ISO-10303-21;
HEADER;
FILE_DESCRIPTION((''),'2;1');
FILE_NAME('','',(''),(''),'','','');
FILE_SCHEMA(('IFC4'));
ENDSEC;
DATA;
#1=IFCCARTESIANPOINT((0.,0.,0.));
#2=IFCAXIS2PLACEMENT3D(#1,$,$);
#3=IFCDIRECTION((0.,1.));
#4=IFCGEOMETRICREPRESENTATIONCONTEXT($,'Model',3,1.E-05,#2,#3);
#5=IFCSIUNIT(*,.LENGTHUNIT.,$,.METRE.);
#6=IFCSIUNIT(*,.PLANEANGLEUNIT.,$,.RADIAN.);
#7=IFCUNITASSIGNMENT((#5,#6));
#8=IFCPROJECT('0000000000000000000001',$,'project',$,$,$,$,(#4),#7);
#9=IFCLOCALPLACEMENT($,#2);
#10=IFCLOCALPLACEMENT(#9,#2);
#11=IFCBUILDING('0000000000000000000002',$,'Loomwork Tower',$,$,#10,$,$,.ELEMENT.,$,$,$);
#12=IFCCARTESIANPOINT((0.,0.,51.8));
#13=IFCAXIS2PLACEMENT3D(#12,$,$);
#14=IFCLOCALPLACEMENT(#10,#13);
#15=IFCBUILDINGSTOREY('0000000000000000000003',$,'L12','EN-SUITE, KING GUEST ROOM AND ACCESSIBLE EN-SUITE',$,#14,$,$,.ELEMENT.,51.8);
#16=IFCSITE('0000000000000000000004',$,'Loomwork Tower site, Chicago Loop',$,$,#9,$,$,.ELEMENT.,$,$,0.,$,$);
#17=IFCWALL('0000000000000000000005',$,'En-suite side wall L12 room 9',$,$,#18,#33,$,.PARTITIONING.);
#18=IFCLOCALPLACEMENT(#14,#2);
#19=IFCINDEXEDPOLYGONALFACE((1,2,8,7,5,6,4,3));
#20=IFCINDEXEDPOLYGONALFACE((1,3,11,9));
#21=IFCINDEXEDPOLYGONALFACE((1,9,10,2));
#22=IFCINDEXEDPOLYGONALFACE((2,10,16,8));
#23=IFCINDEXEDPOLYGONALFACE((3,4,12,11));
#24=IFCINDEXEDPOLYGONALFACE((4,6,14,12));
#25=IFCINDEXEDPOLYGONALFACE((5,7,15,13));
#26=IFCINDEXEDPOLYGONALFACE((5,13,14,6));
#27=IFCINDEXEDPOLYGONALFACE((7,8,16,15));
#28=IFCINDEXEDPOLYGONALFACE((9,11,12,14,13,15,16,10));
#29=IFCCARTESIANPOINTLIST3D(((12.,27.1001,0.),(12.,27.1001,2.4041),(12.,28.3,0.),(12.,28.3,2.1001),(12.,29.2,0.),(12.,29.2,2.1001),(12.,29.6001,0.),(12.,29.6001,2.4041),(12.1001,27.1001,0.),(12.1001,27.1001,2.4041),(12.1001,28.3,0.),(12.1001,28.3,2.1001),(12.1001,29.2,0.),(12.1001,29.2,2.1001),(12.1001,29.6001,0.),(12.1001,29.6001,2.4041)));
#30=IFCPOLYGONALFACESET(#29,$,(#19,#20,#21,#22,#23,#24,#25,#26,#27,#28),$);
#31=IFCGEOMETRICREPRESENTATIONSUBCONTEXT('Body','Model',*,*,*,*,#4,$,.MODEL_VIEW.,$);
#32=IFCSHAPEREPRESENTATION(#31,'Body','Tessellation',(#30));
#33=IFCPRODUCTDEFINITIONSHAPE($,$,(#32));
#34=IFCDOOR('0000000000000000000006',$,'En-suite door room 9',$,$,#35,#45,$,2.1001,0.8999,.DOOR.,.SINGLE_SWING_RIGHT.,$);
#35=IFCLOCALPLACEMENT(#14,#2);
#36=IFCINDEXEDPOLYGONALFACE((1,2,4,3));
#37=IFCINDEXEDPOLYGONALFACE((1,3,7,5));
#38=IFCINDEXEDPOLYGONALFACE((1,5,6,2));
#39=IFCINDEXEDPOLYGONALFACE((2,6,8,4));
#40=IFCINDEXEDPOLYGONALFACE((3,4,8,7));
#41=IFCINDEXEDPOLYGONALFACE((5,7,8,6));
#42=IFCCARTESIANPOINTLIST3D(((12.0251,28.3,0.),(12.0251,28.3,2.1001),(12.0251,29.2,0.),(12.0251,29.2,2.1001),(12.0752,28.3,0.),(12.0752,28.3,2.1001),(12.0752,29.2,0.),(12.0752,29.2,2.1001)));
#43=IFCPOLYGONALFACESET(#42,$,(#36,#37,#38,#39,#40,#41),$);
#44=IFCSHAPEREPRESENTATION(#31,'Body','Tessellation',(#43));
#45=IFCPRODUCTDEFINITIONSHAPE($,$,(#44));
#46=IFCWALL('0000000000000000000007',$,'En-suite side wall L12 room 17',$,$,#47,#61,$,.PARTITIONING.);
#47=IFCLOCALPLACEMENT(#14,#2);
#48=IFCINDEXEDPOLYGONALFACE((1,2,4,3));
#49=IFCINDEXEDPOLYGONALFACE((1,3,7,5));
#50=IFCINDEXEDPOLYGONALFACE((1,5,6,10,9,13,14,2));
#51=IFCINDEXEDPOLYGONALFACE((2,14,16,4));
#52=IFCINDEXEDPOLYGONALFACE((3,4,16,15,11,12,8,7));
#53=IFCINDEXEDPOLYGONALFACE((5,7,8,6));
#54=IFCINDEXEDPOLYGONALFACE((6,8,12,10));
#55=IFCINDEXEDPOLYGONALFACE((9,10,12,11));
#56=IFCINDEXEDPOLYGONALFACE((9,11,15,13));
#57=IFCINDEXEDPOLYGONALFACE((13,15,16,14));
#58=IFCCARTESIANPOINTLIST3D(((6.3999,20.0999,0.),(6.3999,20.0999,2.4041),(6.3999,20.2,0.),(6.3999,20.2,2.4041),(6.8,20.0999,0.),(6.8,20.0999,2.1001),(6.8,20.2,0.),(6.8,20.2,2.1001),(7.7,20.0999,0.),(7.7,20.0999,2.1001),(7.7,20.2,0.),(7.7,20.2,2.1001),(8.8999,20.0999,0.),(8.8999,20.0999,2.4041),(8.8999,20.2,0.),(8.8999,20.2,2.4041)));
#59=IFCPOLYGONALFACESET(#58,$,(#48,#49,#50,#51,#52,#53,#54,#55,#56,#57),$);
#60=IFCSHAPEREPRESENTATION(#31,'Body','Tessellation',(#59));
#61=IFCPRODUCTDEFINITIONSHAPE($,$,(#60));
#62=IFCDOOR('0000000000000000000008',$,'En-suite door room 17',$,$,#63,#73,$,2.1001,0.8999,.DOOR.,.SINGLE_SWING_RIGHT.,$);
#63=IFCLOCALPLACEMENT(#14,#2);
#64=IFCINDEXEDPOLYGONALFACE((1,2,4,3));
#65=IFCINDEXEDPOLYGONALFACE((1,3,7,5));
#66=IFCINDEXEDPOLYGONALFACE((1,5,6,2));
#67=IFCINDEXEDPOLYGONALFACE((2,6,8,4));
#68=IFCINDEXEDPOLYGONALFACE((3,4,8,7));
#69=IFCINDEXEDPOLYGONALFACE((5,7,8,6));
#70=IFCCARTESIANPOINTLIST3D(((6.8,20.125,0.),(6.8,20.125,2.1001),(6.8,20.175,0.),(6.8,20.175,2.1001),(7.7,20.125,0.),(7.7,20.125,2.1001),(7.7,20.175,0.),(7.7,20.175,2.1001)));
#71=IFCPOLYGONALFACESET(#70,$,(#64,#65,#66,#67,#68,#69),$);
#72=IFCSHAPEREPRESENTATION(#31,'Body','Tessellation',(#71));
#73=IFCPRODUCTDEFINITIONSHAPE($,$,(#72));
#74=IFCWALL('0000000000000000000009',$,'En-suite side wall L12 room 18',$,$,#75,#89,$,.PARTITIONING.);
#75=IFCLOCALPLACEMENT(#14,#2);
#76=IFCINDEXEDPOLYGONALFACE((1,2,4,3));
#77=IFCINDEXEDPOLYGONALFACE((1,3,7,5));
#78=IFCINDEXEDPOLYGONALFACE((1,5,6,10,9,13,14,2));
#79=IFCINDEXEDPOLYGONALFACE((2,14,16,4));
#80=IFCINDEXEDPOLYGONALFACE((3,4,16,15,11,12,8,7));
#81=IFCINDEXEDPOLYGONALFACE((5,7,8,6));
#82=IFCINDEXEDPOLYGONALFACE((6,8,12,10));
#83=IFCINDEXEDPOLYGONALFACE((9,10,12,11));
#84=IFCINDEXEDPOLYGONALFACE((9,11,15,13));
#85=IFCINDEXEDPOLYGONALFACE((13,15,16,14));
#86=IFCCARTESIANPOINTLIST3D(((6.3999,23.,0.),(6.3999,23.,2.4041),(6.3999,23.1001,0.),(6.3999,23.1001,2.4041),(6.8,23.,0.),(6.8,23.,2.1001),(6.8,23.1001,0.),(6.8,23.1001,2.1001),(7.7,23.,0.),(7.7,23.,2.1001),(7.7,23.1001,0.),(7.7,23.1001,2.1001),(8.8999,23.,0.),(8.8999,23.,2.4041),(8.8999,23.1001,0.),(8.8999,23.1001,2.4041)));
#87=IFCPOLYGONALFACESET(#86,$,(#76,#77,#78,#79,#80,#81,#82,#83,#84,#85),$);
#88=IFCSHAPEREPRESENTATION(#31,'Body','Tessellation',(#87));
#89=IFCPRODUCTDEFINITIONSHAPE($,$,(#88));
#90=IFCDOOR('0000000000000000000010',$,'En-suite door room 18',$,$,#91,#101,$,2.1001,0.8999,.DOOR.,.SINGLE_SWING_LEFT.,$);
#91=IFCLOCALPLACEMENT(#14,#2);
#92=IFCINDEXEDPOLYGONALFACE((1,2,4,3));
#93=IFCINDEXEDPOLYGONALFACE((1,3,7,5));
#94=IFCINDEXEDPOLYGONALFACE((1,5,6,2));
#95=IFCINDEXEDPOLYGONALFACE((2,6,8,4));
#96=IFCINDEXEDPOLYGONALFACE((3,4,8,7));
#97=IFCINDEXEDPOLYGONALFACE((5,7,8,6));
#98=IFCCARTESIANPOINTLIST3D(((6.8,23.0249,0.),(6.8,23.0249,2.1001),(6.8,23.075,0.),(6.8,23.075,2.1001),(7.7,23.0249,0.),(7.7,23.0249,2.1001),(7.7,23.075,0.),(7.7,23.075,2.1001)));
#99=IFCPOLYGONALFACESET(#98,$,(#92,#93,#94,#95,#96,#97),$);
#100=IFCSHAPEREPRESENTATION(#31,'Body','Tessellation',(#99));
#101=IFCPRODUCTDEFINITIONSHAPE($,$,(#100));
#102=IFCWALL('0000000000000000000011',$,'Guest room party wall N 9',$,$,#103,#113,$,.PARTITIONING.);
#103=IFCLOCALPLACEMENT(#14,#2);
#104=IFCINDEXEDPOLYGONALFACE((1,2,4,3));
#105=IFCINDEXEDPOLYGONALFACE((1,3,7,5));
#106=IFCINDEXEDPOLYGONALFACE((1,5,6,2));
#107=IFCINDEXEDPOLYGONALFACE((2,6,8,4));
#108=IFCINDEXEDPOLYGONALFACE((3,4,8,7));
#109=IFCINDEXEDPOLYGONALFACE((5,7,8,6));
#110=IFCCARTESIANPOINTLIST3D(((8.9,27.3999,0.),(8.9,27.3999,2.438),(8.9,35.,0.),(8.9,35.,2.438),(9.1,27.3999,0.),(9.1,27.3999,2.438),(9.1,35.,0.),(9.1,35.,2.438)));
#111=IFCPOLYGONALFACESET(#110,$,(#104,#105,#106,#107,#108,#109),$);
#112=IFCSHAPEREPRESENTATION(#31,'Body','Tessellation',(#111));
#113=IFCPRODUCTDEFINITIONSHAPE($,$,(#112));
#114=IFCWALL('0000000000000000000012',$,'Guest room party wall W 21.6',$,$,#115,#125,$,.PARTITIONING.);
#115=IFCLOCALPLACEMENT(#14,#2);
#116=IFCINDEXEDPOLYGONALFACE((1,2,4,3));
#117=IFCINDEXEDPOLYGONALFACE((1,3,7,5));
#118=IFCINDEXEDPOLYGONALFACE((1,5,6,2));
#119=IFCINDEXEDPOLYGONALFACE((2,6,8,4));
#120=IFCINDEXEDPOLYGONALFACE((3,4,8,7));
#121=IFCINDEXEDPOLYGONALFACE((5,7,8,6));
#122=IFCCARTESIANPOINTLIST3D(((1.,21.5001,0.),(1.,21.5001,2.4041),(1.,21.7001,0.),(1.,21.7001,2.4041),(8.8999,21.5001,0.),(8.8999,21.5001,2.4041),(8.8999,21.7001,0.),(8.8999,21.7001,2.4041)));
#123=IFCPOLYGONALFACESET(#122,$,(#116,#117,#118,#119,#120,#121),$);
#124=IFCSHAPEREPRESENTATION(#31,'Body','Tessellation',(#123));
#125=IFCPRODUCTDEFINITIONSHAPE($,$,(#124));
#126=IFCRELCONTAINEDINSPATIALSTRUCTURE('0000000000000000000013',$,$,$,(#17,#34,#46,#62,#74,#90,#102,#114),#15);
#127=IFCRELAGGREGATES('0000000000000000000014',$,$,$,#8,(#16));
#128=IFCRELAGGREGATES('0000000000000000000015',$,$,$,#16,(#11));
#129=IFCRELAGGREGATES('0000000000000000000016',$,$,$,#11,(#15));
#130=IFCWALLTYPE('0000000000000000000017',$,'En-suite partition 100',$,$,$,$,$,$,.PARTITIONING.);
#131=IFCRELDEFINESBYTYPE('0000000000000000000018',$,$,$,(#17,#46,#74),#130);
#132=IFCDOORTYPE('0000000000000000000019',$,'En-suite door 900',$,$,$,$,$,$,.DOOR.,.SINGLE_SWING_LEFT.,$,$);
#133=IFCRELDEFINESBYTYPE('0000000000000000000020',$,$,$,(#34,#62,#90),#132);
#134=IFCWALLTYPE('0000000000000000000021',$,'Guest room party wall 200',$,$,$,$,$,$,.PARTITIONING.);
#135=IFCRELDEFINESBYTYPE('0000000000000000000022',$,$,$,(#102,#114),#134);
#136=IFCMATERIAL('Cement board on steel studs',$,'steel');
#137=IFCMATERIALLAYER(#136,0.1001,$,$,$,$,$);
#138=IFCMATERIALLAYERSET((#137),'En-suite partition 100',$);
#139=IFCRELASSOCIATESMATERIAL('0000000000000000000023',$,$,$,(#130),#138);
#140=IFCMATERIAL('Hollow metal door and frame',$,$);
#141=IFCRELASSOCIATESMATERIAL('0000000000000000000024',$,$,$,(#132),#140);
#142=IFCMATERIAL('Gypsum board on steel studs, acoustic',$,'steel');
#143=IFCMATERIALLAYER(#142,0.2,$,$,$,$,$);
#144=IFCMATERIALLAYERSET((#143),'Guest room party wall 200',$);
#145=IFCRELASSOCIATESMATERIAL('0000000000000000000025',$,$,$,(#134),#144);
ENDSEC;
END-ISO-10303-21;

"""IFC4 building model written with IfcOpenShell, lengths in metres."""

from ifc_helpers import new_model, si_unit, direction, frame, frame_2d, origin, place, context, subcontext, project, spatial, rectangle, extrude, material, layer, layer_set, type_object, element, fill, save


model = new_model("IFC4")

# Units and contexts
model_context = context("Model", 3, precision=1e-05, world=origin(), true_north=direction((0.0, 1.0)))
body_context = subcontext(model_context, "Body", "Model", "MODEL_VIEW")
ifc_project = project(units=[si_unit("LENGTHUNIT", "METRE"), si_unit("PLANEANGLEUNIT", "RADIAN")], contexts=[model_context])

# Site, building, storey
site_placement = place(None, origin())
site = spatial("IfcSite", under=ifc_project, at=site_placement, Name="Loomwork Tower site, Chicago Loop", CompositionType="ELEMENT", RefElevation=0.0)
building_placement = place(site_placement, origin())
building = spatial("IfcBuilding", under=site, at=building_placement, Name="Loomwork Tower", CompositionType="ELEMENT")
storey_placement = place(building_placement, frame((0.0, 0.0, 51.8)))
storey = spatial("IfcBuildingStorey", under=building, at=storey_placement, Name="L12", Description="EN-SUITE, KING GUEST ROOM AND ACCESSIBLE EN-SUITE", CompositionType="ELEMENT", Elevation=51.8)

# Walls, openings, doors
ifc_material_1 = material(Name="Cement board on steel studs", Category="steel")
ifc_layer_1 = layer(ifc_material_1, 0.1001)
ifc_layer_set_1 = layer_set([ifc_layer_1], Name="En-suite partition 100")
wall_type_1 = type_object("IfcWallType", Name="En-suite partition 100", PredefinedType="PARTITIONING", material=ifc_layer_set_1)
wall_1_placement = place(storey_placement, frame((12.05, 27.1001, 0.0), z_axis=(0.0, 0.0, 1.0), x_axis=(0.0, 1.0, 0.0)))
wall_1 = element("IfcWall", 1, at=wall_1_placement, inside=storey, type_object=wall_type_1, Name="En-suite side wall L12 room 9", PredefinedType="PARTITIONING", context=body_context, shape_type="SweptSolid", body=[
    extrude(rectangle(XDim=2.5, YDim=0.1001, at=frame_2d((1.25, 0.0))), origin(), (0.0, 0.0, 1.0), 2.4041),
])
opening_1_placement = place(wall_1_placement, frame((1.2, 0.0, 0.0)))
opening_1 = element("IfcOpeningElement", 2, at=opening_1_placement, cuts=wall_1, PredefinedType="OPENING", context=body_context, shape_type="SweptSolid", body=[
    extrude(rectangle(XDim=0.8999, YDim=2.1001, at=frame_2d((0.45, 1.05))), frame((0.0, 0.0601, 0.0), z_axis=(0.0, -1.0, 0.0), x_axis=(1.0, 0.0, 0.0)), (0.0, 0.0, 1.0), 0.1201),
])
ifc_material_2 = material(Name="Hollow metal door and frame")
door_type_1 = type_object("IfcDoorType", Name="En-suite door 900", OperationType="SINGLE_SWING_LEFT", PredefinedType="DOOR", material=ifc_material_2)
door_1_placement = place(opening_1_placement, origin())
door_1 = element("IfcDoor", 3, at=door_1_placement, inside=storey, type_object=door_type_1, Name="En-suite door room 9", OperationType="SINGLE_SWING_RIGHT", OverallHeight=2.1001, OverallWidth=0.8999, PredefinedType="DOOR", context=body_context, shape_type="SweptSolid", body=[
    extrude(rectangle(XDim=0.8999, YDim=2.1001, at=frame_2d((0.45, 1.05))), frame((0.0, 0.0249, 0.0), z_axis=(0.0, -1.0, 0.0), x_axis=(1.0, 0.0, 0.0)), (0.0, 0.0, 1.0), 0.05),
])
fill(opening_1, door_1)
wall_2_placement = place(storey_placement, frame((8.8999, 20.1499, 0.0), z_axis=(0.0, 0.0, 1.0), x_axis=(-1.0, 0.0, 0.0)))
wall_2 = element("IfcWall", 4, at=wall_2_placement, inside=storey, type_object=wall_type_1, Name="En-suite side wall L12 room 17", PredefinedType="PARTITIONING", context=body_context, shape_type="SweptSolid", body=[
    extrude(rectangle(XDim=2.5, YDim=0.1001, at=frame_2d((1.25, 0.0))), origin(), (0.0, 0.0, 1.0), 2.4041),
])
opening_2_placement = place(wall_2_placement, frame((1.2, 0.0, 0.0)))
opening_2 = element("IfcOpeningElement", 5, at=opening_2_placement, cuts=wall_2, PredefinedType="OPENING", context=body_context, shape_type="SweptSolid", body=[
    extrude(rectangle(XDim=0.8999, YDim=2.1001, at=frame_2d((0.45, 1.05))), frame((0.0, 0.0601, 0.0), z_axis=(0.0, -1.0, 0.0), x_axis=(1.0, 0.0, 0.0)), (0.0, 0.0, 1.0), 0.1201),
])
door_2_placement = place(opening_2_placement, origin())
door_2 = element("IfcDoor", 6, at=door_2_placement, inside=storey, type_object=door_type_1, Name="En-suite door room 17", OperationType="SINGLE_SWING_RIGHT", OverallHeight=2.1001, OverallWidth=0.8999, PredefinedType="DOOR", context=body_context, shape_type="SweptSolid", body=[
    extrude(rectangle(XDim=0.8999, YDim=2.1001, at=frame_2d((0.45, 1.05))), frame((0.0, 0.0249, 0.0), z_axis=(0.0, -1.0, 0.0), x_axis=(1.0, 0.0, 0.0)), (0.0, 0.0, 1.0), 0.05),
])
fill(opening_2, door_2)
wall_3_placement = place(storey_placement, frame((8.8999, 23.05, 0.0), z_axis=(0.0, 0.0, 1.0), x_axis=(-1.0, 0.0, 0.0)))
wall_3 = element("IfcWall", 7, at=wall_3_placement, inside=storey, type_object=wall_type_1, Name="En-suite side wall L12 room 18", PredefinedType="PARTITIONING", context=body_context, shape_type="SweptSolid", body=[
    extrude(rectangle(XDim=2.5, YDim=0.1001, at=frame_2d((1.25, 0.0))), origin(), (0.0, 0.0, 1.0), 2.4041),
])
opening_3_placement = place(wall_3_placement, frame((1.2, 0.0, 0.0)))
opening_3 = element("IfcOpeningElement", 8, at=opening_3_placement, cuts=wall_3, PredefinedType="OPENING", context=body_context, shape_type="SweptSolid", body=[
    extrude(rectangle(XDim=0.8999, YDim=2.1001, at=frame_2d((0.45, 1.05))), frame((0.0, 0.0601, 0.0), z_axis=(0.0, -1.0, 0.0), x_axis=(1.0, 0.0, 0.0)), (0.0, 0.0, 1.0), 0.1201),
])
door_3_placement = place(opening_3_placement, frame((0.8999, 0.0, 0.0), z_axis=(0.0, 0.0, 1.0), x_axis=(-1.0, 0.0, 0.0)))
door_3 = element("IfcDoor", 9, at=door_3_placement, inside=storey, type_object=door_type_1, Name="En-suite door room 18", OperationType="SINGLE_SWING_LEFT", OverallHeight=2.1001, OverallWidth=0.8999, PredefinedType="DOOR", context=body_context, shape_type="SweptSolid", body=[
    extrude(rectangle(XDim=0.8999, YDim=2.1001, at=frame_2d((0.45, 1.05))), frame((0.0, 0.0249, 0.0), z_axis=(0.0, -1.0, 0.0), x_axis=(1.0, 0.0, 0.0)), (0.0, 0.0, 1.0), 0.05),
])
fill(opening_3, door_3)

# Walls
ifc_material_3 = material(Name="Gypsum board on steel studs, acoustic", Category="steel")
ifc_layer_2 = layer(ifc_material_3, 0.2)
ifc_layer_set_2 = layer_set([ifc_layer_2], Name="Guest room party wall 200")
wall_type_2 = type_object("IfcWallType", Name="Guest room party wall 200", PredefinedType="PARTITIONING", material=ifc_layer_set_2)
wall_4_placement = place(storey_placement, frame((9.0, 27.3999, 0.0), z_axis=(0.0, 0.0, 1.0), x_axis=(0.0, 1.0, 0.0)))
element("IfcWall", 10, at=wall_4_placement, inside=storey, type_object=wall_type_2, Name="Guest room party wall N 9", PredefinedType="PARTITIONING", context=body_context, shape_type="SweptSolid", body=[
    extrude(rectangle(XDim=7.6001, YDim=0.2, at=frame_2d((3.8, 0.0))), origin(), (0.0, 0.0, 1.0), 2.438),
])
wall_5_placement = place(storey_placement, frame((8.8999, 21.6001, 0.0), z_axis=(0.0, 0.0, 1.0), x_axis=(-1.0, 0.0, 0.0)))
element("IfcWall", 11, at=wall_5_placement, inside=storey, type_object=wall_type_2, Name="Guest room party wall W 21.6", PredefinedType="PARTITIONING", context=body_context, shape_type="SweptSolid", body=[
    extrude(rectangle(XDim=7.8999, YDim=0.2, at=frame_2d((3.95, 0.0))), origin(), (0.0, 0.0, 1.0), 2.4041),
])

save(model, "model.ifc")
